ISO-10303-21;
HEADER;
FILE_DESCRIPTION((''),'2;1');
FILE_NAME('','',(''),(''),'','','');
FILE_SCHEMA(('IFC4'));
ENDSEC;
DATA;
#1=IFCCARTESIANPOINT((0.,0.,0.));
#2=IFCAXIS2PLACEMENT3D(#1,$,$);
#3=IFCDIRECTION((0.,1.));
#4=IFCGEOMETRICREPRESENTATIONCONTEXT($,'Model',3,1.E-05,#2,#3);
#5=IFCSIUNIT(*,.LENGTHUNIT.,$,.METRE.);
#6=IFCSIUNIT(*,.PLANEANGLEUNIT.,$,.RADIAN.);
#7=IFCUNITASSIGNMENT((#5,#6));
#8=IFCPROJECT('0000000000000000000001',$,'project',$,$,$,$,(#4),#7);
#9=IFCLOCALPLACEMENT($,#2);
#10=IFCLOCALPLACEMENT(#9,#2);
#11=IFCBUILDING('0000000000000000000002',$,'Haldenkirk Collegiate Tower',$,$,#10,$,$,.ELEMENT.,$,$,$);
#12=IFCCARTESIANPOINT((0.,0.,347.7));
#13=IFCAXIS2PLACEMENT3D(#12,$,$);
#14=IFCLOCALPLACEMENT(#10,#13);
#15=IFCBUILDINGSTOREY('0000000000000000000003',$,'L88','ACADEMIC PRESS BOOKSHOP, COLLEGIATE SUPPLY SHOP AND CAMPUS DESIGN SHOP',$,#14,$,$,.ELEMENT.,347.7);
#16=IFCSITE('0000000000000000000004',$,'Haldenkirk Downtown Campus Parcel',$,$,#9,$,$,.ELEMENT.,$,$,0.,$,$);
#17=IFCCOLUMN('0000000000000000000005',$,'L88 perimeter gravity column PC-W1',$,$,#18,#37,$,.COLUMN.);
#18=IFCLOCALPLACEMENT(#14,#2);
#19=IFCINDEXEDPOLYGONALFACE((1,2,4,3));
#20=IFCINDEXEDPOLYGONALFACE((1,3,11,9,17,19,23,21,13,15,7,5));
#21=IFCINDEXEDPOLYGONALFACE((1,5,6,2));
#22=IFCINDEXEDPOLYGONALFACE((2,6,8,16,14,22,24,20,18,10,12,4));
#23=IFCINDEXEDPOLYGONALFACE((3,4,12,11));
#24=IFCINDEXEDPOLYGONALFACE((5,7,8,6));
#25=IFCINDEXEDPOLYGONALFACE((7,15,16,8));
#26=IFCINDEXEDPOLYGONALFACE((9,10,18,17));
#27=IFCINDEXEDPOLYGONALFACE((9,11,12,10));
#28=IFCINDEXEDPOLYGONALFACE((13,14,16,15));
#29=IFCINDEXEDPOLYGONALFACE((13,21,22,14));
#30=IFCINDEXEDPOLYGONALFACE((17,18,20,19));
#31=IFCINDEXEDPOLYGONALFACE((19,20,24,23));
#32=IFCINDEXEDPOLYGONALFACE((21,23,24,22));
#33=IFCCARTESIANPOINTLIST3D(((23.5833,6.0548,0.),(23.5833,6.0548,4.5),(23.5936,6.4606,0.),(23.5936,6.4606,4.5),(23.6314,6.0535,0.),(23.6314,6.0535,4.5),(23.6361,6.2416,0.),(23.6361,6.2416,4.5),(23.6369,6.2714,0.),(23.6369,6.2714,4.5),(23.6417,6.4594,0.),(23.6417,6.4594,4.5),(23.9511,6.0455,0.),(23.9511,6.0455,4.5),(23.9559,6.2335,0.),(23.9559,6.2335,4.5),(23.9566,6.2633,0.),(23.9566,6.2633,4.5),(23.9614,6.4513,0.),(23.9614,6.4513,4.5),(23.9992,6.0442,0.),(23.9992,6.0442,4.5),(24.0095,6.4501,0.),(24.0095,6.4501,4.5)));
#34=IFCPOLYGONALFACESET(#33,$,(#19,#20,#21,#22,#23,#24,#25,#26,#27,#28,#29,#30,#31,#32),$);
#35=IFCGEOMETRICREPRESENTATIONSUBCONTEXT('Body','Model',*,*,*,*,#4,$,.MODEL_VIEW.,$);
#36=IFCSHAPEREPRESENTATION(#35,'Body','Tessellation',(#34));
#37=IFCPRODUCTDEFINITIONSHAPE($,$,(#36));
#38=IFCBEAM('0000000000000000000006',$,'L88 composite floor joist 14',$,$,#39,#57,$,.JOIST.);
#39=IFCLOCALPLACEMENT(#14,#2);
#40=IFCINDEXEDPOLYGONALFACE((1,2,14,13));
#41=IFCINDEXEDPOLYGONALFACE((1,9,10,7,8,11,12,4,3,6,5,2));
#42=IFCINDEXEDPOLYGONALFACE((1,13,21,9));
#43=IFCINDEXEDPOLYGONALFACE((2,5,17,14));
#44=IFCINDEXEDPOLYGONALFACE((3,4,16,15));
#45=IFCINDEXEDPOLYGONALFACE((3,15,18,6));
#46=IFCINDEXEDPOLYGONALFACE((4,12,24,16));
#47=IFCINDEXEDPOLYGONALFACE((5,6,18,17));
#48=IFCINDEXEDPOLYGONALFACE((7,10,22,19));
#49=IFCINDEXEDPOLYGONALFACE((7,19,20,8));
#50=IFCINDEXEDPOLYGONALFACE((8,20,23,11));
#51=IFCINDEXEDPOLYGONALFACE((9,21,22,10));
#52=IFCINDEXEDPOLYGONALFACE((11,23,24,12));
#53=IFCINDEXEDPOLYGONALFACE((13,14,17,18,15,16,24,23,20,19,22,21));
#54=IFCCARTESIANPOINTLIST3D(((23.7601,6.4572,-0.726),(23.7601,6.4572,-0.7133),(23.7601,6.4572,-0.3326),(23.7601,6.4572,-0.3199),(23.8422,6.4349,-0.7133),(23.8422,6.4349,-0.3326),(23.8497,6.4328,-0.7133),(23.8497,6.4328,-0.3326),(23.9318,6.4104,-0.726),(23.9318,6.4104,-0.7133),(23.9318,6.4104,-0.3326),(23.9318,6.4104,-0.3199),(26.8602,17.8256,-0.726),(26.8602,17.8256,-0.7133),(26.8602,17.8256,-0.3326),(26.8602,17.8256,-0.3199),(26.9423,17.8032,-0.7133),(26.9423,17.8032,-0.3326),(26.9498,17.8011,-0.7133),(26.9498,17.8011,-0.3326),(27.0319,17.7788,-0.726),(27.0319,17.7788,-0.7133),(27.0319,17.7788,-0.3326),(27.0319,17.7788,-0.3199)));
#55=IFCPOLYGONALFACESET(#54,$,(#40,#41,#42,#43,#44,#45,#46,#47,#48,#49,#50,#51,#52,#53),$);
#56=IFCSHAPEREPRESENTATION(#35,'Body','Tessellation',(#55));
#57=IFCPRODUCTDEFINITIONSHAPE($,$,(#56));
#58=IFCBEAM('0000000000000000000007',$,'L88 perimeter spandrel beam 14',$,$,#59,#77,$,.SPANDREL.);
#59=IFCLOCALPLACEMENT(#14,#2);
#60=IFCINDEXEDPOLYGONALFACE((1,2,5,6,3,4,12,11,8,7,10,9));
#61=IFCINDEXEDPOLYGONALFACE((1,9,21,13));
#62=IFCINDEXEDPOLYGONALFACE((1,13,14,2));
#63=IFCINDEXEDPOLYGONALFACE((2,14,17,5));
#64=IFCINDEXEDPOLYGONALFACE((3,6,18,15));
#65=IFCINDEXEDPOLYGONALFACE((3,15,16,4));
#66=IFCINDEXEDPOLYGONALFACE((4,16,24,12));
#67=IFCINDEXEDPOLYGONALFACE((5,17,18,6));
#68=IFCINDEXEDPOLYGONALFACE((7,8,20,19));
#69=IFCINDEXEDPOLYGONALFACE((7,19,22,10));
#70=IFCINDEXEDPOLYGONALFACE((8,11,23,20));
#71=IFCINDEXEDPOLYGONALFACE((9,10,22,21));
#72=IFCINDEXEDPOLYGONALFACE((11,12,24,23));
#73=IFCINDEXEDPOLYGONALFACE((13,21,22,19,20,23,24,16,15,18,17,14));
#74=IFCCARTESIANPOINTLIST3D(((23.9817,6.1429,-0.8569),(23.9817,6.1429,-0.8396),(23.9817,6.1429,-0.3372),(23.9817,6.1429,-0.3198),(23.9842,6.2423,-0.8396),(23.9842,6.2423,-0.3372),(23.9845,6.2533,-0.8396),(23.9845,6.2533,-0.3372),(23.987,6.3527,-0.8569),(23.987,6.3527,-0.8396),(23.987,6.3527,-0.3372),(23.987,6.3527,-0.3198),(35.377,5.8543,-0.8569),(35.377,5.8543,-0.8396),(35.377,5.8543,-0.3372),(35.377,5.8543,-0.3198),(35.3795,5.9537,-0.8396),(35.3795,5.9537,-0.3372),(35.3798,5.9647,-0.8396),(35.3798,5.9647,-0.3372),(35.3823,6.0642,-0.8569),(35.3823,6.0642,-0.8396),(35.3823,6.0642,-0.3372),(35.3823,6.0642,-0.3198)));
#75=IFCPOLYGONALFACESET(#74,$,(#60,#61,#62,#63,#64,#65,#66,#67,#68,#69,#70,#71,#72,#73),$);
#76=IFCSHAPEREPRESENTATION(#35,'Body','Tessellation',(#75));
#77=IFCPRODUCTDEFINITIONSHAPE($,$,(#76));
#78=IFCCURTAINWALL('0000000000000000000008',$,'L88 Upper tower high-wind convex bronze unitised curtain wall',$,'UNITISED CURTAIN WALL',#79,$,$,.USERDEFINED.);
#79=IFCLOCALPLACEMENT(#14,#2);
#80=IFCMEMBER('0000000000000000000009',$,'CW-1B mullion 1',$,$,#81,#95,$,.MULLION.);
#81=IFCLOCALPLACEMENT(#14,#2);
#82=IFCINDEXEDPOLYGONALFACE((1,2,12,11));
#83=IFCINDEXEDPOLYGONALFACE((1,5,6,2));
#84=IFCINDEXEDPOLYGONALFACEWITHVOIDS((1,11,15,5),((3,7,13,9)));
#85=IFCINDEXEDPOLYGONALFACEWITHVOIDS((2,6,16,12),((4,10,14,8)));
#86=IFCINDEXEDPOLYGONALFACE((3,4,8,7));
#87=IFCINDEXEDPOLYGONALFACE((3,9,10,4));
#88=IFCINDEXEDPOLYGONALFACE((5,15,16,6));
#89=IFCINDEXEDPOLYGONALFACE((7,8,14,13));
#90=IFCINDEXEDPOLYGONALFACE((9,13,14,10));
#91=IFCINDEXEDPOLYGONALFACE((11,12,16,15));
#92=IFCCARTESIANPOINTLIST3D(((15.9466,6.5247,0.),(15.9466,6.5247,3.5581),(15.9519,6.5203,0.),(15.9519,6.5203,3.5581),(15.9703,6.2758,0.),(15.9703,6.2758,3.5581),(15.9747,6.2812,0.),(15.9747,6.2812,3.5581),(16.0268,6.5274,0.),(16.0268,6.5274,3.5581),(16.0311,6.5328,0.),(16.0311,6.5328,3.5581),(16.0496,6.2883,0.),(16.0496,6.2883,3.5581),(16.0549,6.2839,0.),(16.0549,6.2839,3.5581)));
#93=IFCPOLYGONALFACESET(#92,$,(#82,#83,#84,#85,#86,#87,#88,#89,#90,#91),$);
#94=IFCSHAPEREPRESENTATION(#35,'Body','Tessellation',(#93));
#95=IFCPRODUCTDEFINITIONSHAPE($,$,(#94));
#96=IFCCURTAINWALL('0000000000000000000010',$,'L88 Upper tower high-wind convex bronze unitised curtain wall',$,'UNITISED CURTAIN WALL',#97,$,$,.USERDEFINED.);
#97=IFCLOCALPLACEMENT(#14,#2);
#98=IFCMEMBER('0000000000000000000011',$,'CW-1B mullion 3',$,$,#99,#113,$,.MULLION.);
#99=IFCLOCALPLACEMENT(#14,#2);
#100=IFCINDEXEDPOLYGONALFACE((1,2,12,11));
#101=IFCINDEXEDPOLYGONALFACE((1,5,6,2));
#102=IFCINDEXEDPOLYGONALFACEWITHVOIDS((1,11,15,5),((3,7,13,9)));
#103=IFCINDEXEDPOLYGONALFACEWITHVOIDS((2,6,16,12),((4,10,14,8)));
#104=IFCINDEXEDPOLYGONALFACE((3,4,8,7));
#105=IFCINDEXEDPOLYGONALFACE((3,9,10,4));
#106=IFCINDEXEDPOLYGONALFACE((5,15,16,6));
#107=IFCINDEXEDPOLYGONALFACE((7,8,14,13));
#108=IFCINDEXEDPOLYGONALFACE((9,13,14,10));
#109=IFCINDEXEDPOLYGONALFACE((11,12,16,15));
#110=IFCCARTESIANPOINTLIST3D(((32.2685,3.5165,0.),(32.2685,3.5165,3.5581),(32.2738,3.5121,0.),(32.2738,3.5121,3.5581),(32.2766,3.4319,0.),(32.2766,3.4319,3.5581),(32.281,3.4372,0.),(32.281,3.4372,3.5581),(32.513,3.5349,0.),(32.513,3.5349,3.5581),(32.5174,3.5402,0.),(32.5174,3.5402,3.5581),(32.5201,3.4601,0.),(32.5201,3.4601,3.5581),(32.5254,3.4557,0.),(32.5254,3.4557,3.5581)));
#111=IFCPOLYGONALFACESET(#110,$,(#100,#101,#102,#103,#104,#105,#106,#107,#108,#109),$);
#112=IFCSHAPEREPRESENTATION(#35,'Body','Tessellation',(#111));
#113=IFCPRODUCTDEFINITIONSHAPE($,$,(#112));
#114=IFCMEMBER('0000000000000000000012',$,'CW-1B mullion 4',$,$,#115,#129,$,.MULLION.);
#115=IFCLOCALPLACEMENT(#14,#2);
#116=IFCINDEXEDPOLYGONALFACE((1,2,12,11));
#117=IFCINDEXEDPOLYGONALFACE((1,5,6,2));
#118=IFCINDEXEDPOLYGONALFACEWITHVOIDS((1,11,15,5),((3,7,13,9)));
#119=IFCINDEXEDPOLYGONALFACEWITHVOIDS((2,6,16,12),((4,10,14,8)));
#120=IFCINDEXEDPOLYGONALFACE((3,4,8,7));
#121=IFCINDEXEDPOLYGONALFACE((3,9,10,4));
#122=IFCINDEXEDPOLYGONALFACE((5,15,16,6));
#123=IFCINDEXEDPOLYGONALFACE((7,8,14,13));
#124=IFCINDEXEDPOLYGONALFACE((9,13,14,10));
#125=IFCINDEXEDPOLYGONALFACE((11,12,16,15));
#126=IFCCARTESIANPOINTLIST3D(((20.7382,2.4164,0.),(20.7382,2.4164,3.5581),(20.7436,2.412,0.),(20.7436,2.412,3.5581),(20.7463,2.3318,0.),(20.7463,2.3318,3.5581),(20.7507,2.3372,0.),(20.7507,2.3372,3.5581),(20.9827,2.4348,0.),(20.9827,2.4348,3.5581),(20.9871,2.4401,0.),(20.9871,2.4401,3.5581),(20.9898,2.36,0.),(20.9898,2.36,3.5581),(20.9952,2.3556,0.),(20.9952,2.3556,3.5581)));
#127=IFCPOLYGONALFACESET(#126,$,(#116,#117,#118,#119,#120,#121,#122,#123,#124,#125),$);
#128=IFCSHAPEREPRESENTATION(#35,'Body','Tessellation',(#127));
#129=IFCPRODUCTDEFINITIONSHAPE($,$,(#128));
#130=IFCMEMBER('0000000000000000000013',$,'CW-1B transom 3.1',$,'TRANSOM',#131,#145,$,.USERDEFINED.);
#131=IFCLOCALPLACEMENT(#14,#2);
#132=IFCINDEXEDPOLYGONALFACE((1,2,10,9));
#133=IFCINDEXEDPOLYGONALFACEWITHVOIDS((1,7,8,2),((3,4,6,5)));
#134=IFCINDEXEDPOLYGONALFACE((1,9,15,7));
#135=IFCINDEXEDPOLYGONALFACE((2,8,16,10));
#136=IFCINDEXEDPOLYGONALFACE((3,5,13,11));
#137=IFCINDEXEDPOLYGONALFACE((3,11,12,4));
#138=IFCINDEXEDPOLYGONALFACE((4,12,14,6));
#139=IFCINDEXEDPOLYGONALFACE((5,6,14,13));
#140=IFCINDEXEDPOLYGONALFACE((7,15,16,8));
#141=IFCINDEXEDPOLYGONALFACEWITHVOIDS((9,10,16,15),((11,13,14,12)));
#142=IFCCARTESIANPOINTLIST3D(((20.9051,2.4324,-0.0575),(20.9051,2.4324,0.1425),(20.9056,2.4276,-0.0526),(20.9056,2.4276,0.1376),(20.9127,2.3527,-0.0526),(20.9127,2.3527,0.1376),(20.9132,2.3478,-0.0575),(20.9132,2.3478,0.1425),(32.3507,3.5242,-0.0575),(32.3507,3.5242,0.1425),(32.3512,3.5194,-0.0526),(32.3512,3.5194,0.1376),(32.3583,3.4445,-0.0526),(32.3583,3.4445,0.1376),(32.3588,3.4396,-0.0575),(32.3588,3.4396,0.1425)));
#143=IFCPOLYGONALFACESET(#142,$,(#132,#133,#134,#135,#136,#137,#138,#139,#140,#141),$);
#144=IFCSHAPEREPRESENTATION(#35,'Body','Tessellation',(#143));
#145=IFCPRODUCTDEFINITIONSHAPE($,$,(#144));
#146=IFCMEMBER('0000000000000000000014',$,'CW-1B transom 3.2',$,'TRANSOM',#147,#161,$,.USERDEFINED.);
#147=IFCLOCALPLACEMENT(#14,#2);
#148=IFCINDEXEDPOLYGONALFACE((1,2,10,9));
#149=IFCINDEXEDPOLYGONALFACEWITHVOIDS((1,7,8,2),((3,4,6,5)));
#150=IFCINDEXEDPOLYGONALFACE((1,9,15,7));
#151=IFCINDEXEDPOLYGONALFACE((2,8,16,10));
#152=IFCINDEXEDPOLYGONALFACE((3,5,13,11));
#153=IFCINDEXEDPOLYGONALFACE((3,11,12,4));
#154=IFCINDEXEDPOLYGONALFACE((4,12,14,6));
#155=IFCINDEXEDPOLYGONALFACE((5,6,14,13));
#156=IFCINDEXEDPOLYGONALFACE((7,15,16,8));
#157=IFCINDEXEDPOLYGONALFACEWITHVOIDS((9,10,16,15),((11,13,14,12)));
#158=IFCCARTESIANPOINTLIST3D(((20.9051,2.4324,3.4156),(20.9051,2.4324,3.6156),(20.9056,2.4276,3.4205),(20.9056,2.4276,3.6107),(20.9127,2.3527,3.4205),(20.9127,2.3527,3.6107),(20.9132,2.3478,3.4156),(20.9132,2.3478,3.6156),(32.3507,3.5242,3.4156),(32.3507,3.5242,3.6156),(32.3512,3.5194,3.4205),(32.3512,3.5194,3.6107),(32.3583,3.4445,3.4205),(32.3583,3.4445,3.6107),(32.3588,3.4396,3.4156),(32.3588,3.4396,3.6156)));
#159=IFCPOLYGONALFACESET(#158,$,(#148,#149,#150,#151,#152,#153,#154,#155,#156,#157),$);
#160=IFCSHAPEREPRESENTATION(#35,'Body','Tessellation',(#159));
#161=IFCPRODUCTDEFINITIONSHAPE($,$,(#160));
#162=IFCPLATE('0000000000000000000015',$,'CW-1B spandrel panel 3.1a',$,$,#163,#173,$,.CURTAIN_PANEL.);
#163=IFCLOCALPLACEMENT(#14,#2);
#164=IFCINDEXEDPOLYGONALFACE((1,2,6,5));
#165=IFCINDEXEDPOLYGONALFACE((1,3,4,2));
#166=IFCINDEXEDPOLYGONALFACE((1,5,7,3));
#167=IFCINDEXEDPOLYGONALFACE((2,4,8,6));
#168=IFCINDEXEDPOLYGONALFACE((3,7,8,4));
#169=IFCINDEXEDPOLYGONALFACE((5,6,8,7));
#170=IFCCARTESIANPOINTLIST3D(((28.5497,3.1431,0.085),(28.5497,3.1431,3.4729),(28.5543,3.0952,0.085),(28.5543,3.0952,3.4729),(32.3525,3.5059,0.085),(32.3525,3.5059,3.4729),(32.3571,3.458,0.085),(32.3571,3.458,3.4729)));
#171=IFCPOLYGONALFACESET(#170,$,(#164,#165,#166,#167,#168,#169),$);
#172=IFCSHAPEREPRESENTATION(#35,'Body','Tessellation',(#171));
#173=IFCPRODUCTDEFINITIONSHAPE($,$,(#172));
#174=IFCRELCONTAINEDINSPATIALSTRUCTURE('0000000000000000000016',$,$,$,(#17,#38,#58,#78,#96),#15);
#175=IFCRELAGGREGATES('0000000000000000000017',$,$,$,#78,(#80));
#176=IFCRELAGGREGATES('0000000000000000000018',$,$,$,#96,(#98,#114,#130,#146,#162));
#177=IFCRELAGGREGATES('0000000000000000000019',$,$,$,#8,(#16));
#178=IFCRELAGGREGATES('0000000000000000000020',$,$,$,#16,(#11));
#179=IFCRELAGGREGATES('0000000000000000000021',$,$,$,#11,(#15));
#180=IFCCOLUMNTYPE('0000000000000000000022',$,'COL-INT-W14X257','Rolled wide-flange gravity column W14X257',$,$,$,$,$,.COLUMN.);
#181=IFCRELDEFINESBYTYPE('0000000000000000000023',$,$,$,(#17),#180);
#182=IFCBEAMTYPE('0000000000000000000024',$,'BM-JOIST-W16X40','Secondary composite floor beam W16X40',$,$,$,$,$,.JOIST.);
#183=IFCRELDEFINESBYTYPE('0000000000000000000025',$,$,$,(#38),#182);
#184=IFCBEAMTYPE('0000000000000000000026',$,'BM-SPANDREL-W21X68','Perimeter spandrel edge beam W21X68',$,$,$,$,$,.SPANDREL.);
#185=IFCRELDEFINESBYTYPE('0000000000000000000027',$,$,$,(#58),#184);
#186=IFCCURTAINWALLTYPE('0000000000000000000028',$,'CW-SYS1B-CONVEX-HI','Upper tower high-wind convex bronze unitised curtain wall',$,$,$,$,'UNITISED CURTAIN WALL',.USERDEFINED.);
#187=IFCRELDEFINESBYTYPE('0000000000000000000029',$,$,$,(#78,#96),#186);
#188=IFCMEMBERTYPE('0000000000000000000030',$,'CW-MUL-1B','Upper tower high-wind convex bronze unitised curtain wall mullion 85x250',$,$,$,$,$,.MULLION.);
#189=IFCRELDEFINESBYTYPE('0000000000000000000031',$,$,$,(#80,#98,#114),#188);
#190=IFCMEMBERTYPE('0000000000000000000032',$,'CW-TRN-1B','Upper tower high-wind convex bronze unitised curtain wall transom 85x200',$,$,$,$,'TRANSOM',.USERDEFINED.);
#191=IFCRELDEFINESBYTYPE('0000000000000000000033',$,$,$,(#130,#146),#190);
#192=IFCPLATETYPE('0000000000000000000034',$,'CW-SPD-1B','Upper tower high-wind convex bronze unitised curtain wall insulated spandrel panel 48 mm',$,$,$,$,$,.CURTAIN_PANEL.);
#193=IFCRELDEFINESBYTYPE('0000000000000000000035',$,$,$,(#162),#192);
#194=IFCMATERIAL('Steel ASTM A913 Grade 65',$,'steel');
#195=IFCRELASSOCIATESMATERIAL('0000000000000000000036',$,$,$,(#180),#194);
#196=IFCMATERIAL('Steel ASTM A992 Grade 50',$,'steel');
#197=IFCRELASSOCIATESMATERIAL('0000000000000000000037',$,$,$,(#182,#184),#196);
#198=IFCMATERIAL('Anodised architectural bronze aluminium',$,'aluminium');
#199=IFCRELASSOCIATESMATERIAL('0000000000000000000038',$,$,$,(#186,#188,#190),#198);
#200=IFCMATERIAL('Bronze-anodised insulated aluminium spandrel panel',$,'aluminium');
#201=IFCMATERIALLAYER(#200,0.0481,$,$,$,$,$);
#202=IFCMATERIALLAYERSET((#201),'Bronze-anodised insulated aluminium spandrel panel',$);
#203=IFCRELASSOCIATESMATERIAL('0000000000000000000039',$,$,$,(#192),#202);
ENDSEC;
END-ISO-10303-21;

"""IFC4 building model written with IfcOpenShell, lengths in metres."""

from ifc_helpers import new_model, si_unit, direction, frame, origin, origin_2d, place, context, subcontext, project, spatial, rectangle, hollow_rectangle, i_section, extrude, source, transform, mapped, material, layer, layer_set, material_profile, profile_set, type_object, element, aggregate, save


model = new_model("IFC4")

# Units and contexts
model_context = context("Model", 3, precision=1e-05, world=origin(), true_north=direction((0.0, 1.0)))
body_context = subcontext(model_context, "Body", "Model", "MODEL_VIEW")
ifc_project = project(units=[si_unit("LENGTHUNIT", "METRE"), si_unit("PLANEANGLEUNIT", "RADIAN")], contexts=[model_context])

# Site, building, storey
site_placement = place(None, origin())
site = spatial("IfcSite", under=ifc_project, at=site_placement, Name="Haldenkirk Downtown Campus Parcel", CompositionType="ELEMENT", RefElevation=0.0)
building_placement = place(site_placement, origin())
building = spatial("IfcBuilding", under=site, at=building_placement, Name="Haldenkirk Collegiate Tower", CompositionType="ELEMENT")
storey_placement = place(building_placement, frame((0.0, 0.0, 347.7)))
storey = spatial("IfcBuildingStorey", under=building, at=storey_placement, Name="L88", Description="ACADEMIC PRESS BOOKSHOP, COLLEGIATE SUPPLY SHOP AND CAMPUS DESIGN SHOP", CompositionType="ELEMENT", Elevation=347.7)

# Column
ifc_material_1 = material(Name="Steel ASTM A913 Grade 65", Category="steel")
ifc_material_profile_1 = material_profile(ifc_material_1, i_section(OverallWidth=0.406, OverallDepth=0.416, WebThickness=0.0298, FlangeThickness=0.0481, at=origin_2d()), Name="W14X257")
ifc_profile_set_1 = profile_set([ifc_material_profile_1], Name="Steel ASTM A913 Grade 65")
column_type = type_object("IfcColumnType", Name="COL-INT-W14X257", Description="Rolled wide-flange gravity column W14X257", PredefinedType="COLUMN", material=ifc_profile_set_1)
column_placement = place(storey_placement, frame((23.7964, 6.2524, 0.0), z_axis=(0.0, 0.0, 1.0), x_axis=(0.025305, 0.99968, 0.0)))
element("IfcColumn", 1, at=column_placement, inside=storey, type_object=column_type, Name="L88 perimeter gravity column PC-W1", PredefinedType="COLUMN", context=body_context, shape_type="SweptSolid", body=[
    extrude(i_section(OverallWidth=0.406, OverallDepth=0.416, WebThickness=0.0298, FlangeThickness=0.0481, at=origin_2d()), origin(), (0.0, 0.0, 1.0), 4.5),
])

# Beams
ifc_material_2 = material(Name="Steel ASTM A992 Grade 50", Category="steel")
ifc_material_profile_2 = material_profile(ifc_material_2, i_section(OverallWidth=0.178, OverallDepth=0.406, WebThickness=0.0078, FlangeThickness=0.0127, at=origin_2d()), Name="W16X40")
ifc_profile_set_2 = profile_set([ifc_material_profile_2], Name="Steel ASTM A992 Grade 50")
beam_type_1 = type_object("IfcBeamType", Name="BM-JOIST-W16X40", Description="Secondary composite floor beam W16X40", PredefinedType="JOIST", material=ifc_profile_set_2)
beam_1_placement = place(storey_placement, frame((23.8459, 6.4338, -0.5229), z_axis=(0.263088, 0.964772, 0.0), x_axis=(-0.964772, 0.263088, 0.0)))
element("IfcBeam", 2, at=beam_1_placement, inside=storey, type_object=beam_type_1, Name="L88 composite floor joist 14", PredefinedType="JOIST", context=body_context, shape_type="SweptSolid", body=[
    extrude(i_section(OverallWidth=0.178, OverallDepth=0.406, WebThickness=0.0078, FlangeThickness=0.0127, at=origin_2d()), origin(), (0.0, 0.0, 1.0), 11.7834),
])
ifc_material_profile_3 = material_profile(ifc_material_2, i_section(OverallWidth=0.21, OverallDepth=0.5371, WebThickness=0.011, FlangeThickness=0.0173, at=origin_2d()), Name="W21X68")
ifc_profile_set_3 = profile_set([ifc_material_profile_3], Name="Steel ASTM A992 Grade 50")
beam_type_2 = type_object("IfcBeamType", Name="BM-SPANDREL-W21X68", Description="Perimeter spandrel edge beam W21X68", PredefinedType="SPANDREL", material=ifc_profile_set_3)
beam_2_placement = place(storey_placement, frame((23.9844, 6.2478, -0.5884), z_axis=(0.99968, -0.025316, 0.0), x_axis=(0.025316, 0.99968, 0.0)))
element("IfcBeam", 3, at=beam_2_placement, inside=storey, type_object=beam_type_2, Name="L88 perimeter spandrel beam 14", PredefinedType="SPANDREL", context=body_context, shape_type="SweptSolid", body=[
    extrude(i_section(OverallWidth=0.21, OverallDepth=0.5371, WebThickness=0.011, FlangeThickness=0.0173, at=origin_2d()), origin(), (0.0, 0.0, 1.0), 11.3989),
])

# Curtain wall, member
ifc_material_3 = material(Name="Anodised architectural bronze aluminium", Category="aluminium")
curtain_wall_type = type_object("IfcCurtainWallType", Name="CW-SYS1B-CONVEX-HI", Description="Upper tower high-wind convex bronze unitised curtain wall", ElementType="UNITISED CURTAIN WALL", PredefinedType="USERDEFINED", material=ifc_material_3)
curtain_wall_1_placement = place(storey_placement, origin())
curtain_wall_1 = element("IfcCurtainWall", 4, at=curtain_wall_1_placement, inside=storey, type_object=curtain_wall_type, Name="L88 Upper tower high-wind convex bronze unitised curtain wall", ObjectType="UNITISED CURTAIN WALL", PredefinedType="USERDEFINED")
ifc_material_profile_4 = material_profile(ifc_material_3, hollow_rectangle(XDim=0.085, YDim=0.25, WallThickness=0.0049, at=origin_2d()), Name="CW-MUL-1B")
ifc_profile_set_4 = profile_set([ifc_material_profile_4], Name="Anodised architectural bronze aluminium")
member_type_1 = type_object("IfcMemberType", Name="CW-MUL-1B", Description="Upper tower high-wind convex bronze unitised curtain wall mullion 85x250", PredefinedType="MULLION", material=ifc_profile_set_4)
member_1_placement = place(storey_placement, frame((16.0007, 6.4043, 0.0), z_axis=(0.0, 0.0, 1.0), x_axis=(-0.995479, -0.094977, 0.0)))
member_1 = element("IfcMember", 5, at=member_1_placement, type_object=member_type_1, Name="CW-1B mullion 1", PredefinedType="MULLION", context=body_context, shape_type="SweptSolid", body=[
    extrude(hollow_rectangle(XDim=0.085, YDim=0.25, WallThickness=0.0049, at=origin_2d()), origin(), (0.0, 0.0, 1.0), 3.5581),
])
aggregate(curtain_wall_1, [member_1])

# Curtain wall, members, plate
curtain_wall_2_placement = place(storey_placement, origin())
curtain_wall_2 = element("IfcCurtainWall", 6, at=curtain_wall_2_placement, inside=storey, type_object=curtain_wall_type, Name="L88 Upper tower high-wind convex bronze unitised curtain wall", ObjectType="UNITISED CURTAIN WALL", PredefinedType="USERDEFINED")
member_2_placement = place(storey_placement, frame((32.397, 3.4861, 0.0), z_axis=(0.0, 0.0, 1.0), x_axis=(0.094973, -0.99548, 0.0)))
member_2 = element("IfcMember", 7, at=member_2_placement, type_object=member_type_1, Name="CW-1B mullion 3", PredefinedType="MULLION", context=body_context, shape_type="SweptSolid", body=[
    extrude(hollow_rectangle(XDim=0.085, YDim=0.25, WallThickness=0.0049, at=origin_2d()), origin(), (0.0, 0.0, 1.0), 3.5581),
])
member_3_placement = place(storey_placement, frame((20.8667, 2.386, 0.0), z_axis=(0.0, 0.0, 1.0), x_axis=(0.094973, -0.99548, 0.0)))
member_3 = element("IfcMember", 8, at=member_3_placement, type_object=member_type_1, Name="CW-1B mullion 4", PredefinedType="MULLION", context=body_context, shape_type="SweptSolid", body=[
    extrude(hollow_rectangle(XDim=0.085, YDim=0.25, WallThickness=0.0049, at=origin_2d()), origin(), (0.0, 0.0, 1.0), 3.5581),
])
ifc_material_profile_5 = material_profile(ifc_material_3, hollow_rectangle(XDim=0.085, YDim=0.2, WallThickness=0.0049, at=origin_2d()), Name="CW-TRN-1B")
ifc_profile_set_5 = profile_set([ifc_material_profile_5], Name="Anodised architectural bronze aluminium")
member_type_2 = type_object("IfcMemberType", Name="CW-TRN-1B", Description="Upper tower high-wind convex bronze unitised curtain wall transom 85x200", ElementType="TRANSOM", PredefinedType="USERDEFINED", material=ifc_profile_set_5)
member_4_placement = place(storey_placement, frame((32.3547, 3.4819, 0.0425), z_axis=(-0.995481, -0.094959, 0.0), x_axis=(0.094959, -0.995481, 0.0)))
member_4 = element("IfcMember", 9, at=member_4_placement, type_object=member_type_2, Name="CW-1B transom 3.1", ObjectType="TRANSOM", PredefinedType="USERDEFINED", context=body_context, shape_type="SweptSolid", body=[
    extrude(hollow_rectangle(XDim=0.085, YDim=0.2, WallThickness=0.0049, at=origin_2d()), origin(), (0.0, 0.0, 1.0), 11.4976),
])
member_5_placement = place(storey_placement, frame((32.3547, 3.4819, 3.5156), z_axis=(-0.995481, -0.094959, 0.0), x_axis=(0.094959, -0.995481, 0.0)))
member_5 = element("IfcMember", 10, at=member_5_placement, type_object=member_type_2, Name="CW-1B transom 3.2", ObjectType="TRANSOM", PredefinedType="USERDEFINED", context=body_context, shape_type="SweptSolid", body=[
    extrude(hollow_rectangle(XDim=0.085, YDim=0.2, WallThickness=0.0049, at=origin_2d()), origin(), (0.0, 0.0, 1.0), 11.4976),
])
ifc_material_4 = material(Name="Bronze-anodised insulated aluminium spandrel panel", Category="aluminium")
ifc_layer_1 = layer(ifc_material_4, 0.0481)
ifc_layer_set_1 = layer_set([ifc_layer_1], Name="Bronze-anodised insulated aluminium spandrel panel")
plate_type_1 = type_object("IfcPlateType", Name="CW-SPD-1B", Description="Upper tower high-wind convex bronze unitised curtain wall insulated spandrel panel 48 mm", PredefinedType="CURTAIN_PANEL", material=ifc_layer_set_1)
shared_shape_1 = source(origin(), body_context, "Body", "SweptSolid", [
    extrude(rectangle(XDim=3.8201, YDim=0.0481, at=origin_2d()), origin(), (0.0, 0.0, 1.0), 3.3879),
])
plate_1_placement = place(storey_placement, frame((30.4534, 3.3005, 0.085), z_axis=(0.0, 0.0, 1.0), x_axis=(-0.99548, -0.094973, 0.0)))
plate_1 = element("IfcPlate", 11, at=plate_1_placement, type_object=plate_type_1, Name="CW-1B spandrel panel 3.1a", PredefinedType="CURTAIN_PANEL", context=body_context, shape_type="MappedRepresentation", body=[
    mapped(shared_shape_1, transform((0.0, 0.0, 0.0), x_axis=(1.0, 0.0, 0.0), y_axis=(0.0, 1.0, 0.0), z_axis=(0.0, 0.0, 1.0), scale=1.0)),
])
aggregate(curtain_wall_2, [member_2, member_3, member_4, member_5, plate_1])

save(model, "model.ifc")
